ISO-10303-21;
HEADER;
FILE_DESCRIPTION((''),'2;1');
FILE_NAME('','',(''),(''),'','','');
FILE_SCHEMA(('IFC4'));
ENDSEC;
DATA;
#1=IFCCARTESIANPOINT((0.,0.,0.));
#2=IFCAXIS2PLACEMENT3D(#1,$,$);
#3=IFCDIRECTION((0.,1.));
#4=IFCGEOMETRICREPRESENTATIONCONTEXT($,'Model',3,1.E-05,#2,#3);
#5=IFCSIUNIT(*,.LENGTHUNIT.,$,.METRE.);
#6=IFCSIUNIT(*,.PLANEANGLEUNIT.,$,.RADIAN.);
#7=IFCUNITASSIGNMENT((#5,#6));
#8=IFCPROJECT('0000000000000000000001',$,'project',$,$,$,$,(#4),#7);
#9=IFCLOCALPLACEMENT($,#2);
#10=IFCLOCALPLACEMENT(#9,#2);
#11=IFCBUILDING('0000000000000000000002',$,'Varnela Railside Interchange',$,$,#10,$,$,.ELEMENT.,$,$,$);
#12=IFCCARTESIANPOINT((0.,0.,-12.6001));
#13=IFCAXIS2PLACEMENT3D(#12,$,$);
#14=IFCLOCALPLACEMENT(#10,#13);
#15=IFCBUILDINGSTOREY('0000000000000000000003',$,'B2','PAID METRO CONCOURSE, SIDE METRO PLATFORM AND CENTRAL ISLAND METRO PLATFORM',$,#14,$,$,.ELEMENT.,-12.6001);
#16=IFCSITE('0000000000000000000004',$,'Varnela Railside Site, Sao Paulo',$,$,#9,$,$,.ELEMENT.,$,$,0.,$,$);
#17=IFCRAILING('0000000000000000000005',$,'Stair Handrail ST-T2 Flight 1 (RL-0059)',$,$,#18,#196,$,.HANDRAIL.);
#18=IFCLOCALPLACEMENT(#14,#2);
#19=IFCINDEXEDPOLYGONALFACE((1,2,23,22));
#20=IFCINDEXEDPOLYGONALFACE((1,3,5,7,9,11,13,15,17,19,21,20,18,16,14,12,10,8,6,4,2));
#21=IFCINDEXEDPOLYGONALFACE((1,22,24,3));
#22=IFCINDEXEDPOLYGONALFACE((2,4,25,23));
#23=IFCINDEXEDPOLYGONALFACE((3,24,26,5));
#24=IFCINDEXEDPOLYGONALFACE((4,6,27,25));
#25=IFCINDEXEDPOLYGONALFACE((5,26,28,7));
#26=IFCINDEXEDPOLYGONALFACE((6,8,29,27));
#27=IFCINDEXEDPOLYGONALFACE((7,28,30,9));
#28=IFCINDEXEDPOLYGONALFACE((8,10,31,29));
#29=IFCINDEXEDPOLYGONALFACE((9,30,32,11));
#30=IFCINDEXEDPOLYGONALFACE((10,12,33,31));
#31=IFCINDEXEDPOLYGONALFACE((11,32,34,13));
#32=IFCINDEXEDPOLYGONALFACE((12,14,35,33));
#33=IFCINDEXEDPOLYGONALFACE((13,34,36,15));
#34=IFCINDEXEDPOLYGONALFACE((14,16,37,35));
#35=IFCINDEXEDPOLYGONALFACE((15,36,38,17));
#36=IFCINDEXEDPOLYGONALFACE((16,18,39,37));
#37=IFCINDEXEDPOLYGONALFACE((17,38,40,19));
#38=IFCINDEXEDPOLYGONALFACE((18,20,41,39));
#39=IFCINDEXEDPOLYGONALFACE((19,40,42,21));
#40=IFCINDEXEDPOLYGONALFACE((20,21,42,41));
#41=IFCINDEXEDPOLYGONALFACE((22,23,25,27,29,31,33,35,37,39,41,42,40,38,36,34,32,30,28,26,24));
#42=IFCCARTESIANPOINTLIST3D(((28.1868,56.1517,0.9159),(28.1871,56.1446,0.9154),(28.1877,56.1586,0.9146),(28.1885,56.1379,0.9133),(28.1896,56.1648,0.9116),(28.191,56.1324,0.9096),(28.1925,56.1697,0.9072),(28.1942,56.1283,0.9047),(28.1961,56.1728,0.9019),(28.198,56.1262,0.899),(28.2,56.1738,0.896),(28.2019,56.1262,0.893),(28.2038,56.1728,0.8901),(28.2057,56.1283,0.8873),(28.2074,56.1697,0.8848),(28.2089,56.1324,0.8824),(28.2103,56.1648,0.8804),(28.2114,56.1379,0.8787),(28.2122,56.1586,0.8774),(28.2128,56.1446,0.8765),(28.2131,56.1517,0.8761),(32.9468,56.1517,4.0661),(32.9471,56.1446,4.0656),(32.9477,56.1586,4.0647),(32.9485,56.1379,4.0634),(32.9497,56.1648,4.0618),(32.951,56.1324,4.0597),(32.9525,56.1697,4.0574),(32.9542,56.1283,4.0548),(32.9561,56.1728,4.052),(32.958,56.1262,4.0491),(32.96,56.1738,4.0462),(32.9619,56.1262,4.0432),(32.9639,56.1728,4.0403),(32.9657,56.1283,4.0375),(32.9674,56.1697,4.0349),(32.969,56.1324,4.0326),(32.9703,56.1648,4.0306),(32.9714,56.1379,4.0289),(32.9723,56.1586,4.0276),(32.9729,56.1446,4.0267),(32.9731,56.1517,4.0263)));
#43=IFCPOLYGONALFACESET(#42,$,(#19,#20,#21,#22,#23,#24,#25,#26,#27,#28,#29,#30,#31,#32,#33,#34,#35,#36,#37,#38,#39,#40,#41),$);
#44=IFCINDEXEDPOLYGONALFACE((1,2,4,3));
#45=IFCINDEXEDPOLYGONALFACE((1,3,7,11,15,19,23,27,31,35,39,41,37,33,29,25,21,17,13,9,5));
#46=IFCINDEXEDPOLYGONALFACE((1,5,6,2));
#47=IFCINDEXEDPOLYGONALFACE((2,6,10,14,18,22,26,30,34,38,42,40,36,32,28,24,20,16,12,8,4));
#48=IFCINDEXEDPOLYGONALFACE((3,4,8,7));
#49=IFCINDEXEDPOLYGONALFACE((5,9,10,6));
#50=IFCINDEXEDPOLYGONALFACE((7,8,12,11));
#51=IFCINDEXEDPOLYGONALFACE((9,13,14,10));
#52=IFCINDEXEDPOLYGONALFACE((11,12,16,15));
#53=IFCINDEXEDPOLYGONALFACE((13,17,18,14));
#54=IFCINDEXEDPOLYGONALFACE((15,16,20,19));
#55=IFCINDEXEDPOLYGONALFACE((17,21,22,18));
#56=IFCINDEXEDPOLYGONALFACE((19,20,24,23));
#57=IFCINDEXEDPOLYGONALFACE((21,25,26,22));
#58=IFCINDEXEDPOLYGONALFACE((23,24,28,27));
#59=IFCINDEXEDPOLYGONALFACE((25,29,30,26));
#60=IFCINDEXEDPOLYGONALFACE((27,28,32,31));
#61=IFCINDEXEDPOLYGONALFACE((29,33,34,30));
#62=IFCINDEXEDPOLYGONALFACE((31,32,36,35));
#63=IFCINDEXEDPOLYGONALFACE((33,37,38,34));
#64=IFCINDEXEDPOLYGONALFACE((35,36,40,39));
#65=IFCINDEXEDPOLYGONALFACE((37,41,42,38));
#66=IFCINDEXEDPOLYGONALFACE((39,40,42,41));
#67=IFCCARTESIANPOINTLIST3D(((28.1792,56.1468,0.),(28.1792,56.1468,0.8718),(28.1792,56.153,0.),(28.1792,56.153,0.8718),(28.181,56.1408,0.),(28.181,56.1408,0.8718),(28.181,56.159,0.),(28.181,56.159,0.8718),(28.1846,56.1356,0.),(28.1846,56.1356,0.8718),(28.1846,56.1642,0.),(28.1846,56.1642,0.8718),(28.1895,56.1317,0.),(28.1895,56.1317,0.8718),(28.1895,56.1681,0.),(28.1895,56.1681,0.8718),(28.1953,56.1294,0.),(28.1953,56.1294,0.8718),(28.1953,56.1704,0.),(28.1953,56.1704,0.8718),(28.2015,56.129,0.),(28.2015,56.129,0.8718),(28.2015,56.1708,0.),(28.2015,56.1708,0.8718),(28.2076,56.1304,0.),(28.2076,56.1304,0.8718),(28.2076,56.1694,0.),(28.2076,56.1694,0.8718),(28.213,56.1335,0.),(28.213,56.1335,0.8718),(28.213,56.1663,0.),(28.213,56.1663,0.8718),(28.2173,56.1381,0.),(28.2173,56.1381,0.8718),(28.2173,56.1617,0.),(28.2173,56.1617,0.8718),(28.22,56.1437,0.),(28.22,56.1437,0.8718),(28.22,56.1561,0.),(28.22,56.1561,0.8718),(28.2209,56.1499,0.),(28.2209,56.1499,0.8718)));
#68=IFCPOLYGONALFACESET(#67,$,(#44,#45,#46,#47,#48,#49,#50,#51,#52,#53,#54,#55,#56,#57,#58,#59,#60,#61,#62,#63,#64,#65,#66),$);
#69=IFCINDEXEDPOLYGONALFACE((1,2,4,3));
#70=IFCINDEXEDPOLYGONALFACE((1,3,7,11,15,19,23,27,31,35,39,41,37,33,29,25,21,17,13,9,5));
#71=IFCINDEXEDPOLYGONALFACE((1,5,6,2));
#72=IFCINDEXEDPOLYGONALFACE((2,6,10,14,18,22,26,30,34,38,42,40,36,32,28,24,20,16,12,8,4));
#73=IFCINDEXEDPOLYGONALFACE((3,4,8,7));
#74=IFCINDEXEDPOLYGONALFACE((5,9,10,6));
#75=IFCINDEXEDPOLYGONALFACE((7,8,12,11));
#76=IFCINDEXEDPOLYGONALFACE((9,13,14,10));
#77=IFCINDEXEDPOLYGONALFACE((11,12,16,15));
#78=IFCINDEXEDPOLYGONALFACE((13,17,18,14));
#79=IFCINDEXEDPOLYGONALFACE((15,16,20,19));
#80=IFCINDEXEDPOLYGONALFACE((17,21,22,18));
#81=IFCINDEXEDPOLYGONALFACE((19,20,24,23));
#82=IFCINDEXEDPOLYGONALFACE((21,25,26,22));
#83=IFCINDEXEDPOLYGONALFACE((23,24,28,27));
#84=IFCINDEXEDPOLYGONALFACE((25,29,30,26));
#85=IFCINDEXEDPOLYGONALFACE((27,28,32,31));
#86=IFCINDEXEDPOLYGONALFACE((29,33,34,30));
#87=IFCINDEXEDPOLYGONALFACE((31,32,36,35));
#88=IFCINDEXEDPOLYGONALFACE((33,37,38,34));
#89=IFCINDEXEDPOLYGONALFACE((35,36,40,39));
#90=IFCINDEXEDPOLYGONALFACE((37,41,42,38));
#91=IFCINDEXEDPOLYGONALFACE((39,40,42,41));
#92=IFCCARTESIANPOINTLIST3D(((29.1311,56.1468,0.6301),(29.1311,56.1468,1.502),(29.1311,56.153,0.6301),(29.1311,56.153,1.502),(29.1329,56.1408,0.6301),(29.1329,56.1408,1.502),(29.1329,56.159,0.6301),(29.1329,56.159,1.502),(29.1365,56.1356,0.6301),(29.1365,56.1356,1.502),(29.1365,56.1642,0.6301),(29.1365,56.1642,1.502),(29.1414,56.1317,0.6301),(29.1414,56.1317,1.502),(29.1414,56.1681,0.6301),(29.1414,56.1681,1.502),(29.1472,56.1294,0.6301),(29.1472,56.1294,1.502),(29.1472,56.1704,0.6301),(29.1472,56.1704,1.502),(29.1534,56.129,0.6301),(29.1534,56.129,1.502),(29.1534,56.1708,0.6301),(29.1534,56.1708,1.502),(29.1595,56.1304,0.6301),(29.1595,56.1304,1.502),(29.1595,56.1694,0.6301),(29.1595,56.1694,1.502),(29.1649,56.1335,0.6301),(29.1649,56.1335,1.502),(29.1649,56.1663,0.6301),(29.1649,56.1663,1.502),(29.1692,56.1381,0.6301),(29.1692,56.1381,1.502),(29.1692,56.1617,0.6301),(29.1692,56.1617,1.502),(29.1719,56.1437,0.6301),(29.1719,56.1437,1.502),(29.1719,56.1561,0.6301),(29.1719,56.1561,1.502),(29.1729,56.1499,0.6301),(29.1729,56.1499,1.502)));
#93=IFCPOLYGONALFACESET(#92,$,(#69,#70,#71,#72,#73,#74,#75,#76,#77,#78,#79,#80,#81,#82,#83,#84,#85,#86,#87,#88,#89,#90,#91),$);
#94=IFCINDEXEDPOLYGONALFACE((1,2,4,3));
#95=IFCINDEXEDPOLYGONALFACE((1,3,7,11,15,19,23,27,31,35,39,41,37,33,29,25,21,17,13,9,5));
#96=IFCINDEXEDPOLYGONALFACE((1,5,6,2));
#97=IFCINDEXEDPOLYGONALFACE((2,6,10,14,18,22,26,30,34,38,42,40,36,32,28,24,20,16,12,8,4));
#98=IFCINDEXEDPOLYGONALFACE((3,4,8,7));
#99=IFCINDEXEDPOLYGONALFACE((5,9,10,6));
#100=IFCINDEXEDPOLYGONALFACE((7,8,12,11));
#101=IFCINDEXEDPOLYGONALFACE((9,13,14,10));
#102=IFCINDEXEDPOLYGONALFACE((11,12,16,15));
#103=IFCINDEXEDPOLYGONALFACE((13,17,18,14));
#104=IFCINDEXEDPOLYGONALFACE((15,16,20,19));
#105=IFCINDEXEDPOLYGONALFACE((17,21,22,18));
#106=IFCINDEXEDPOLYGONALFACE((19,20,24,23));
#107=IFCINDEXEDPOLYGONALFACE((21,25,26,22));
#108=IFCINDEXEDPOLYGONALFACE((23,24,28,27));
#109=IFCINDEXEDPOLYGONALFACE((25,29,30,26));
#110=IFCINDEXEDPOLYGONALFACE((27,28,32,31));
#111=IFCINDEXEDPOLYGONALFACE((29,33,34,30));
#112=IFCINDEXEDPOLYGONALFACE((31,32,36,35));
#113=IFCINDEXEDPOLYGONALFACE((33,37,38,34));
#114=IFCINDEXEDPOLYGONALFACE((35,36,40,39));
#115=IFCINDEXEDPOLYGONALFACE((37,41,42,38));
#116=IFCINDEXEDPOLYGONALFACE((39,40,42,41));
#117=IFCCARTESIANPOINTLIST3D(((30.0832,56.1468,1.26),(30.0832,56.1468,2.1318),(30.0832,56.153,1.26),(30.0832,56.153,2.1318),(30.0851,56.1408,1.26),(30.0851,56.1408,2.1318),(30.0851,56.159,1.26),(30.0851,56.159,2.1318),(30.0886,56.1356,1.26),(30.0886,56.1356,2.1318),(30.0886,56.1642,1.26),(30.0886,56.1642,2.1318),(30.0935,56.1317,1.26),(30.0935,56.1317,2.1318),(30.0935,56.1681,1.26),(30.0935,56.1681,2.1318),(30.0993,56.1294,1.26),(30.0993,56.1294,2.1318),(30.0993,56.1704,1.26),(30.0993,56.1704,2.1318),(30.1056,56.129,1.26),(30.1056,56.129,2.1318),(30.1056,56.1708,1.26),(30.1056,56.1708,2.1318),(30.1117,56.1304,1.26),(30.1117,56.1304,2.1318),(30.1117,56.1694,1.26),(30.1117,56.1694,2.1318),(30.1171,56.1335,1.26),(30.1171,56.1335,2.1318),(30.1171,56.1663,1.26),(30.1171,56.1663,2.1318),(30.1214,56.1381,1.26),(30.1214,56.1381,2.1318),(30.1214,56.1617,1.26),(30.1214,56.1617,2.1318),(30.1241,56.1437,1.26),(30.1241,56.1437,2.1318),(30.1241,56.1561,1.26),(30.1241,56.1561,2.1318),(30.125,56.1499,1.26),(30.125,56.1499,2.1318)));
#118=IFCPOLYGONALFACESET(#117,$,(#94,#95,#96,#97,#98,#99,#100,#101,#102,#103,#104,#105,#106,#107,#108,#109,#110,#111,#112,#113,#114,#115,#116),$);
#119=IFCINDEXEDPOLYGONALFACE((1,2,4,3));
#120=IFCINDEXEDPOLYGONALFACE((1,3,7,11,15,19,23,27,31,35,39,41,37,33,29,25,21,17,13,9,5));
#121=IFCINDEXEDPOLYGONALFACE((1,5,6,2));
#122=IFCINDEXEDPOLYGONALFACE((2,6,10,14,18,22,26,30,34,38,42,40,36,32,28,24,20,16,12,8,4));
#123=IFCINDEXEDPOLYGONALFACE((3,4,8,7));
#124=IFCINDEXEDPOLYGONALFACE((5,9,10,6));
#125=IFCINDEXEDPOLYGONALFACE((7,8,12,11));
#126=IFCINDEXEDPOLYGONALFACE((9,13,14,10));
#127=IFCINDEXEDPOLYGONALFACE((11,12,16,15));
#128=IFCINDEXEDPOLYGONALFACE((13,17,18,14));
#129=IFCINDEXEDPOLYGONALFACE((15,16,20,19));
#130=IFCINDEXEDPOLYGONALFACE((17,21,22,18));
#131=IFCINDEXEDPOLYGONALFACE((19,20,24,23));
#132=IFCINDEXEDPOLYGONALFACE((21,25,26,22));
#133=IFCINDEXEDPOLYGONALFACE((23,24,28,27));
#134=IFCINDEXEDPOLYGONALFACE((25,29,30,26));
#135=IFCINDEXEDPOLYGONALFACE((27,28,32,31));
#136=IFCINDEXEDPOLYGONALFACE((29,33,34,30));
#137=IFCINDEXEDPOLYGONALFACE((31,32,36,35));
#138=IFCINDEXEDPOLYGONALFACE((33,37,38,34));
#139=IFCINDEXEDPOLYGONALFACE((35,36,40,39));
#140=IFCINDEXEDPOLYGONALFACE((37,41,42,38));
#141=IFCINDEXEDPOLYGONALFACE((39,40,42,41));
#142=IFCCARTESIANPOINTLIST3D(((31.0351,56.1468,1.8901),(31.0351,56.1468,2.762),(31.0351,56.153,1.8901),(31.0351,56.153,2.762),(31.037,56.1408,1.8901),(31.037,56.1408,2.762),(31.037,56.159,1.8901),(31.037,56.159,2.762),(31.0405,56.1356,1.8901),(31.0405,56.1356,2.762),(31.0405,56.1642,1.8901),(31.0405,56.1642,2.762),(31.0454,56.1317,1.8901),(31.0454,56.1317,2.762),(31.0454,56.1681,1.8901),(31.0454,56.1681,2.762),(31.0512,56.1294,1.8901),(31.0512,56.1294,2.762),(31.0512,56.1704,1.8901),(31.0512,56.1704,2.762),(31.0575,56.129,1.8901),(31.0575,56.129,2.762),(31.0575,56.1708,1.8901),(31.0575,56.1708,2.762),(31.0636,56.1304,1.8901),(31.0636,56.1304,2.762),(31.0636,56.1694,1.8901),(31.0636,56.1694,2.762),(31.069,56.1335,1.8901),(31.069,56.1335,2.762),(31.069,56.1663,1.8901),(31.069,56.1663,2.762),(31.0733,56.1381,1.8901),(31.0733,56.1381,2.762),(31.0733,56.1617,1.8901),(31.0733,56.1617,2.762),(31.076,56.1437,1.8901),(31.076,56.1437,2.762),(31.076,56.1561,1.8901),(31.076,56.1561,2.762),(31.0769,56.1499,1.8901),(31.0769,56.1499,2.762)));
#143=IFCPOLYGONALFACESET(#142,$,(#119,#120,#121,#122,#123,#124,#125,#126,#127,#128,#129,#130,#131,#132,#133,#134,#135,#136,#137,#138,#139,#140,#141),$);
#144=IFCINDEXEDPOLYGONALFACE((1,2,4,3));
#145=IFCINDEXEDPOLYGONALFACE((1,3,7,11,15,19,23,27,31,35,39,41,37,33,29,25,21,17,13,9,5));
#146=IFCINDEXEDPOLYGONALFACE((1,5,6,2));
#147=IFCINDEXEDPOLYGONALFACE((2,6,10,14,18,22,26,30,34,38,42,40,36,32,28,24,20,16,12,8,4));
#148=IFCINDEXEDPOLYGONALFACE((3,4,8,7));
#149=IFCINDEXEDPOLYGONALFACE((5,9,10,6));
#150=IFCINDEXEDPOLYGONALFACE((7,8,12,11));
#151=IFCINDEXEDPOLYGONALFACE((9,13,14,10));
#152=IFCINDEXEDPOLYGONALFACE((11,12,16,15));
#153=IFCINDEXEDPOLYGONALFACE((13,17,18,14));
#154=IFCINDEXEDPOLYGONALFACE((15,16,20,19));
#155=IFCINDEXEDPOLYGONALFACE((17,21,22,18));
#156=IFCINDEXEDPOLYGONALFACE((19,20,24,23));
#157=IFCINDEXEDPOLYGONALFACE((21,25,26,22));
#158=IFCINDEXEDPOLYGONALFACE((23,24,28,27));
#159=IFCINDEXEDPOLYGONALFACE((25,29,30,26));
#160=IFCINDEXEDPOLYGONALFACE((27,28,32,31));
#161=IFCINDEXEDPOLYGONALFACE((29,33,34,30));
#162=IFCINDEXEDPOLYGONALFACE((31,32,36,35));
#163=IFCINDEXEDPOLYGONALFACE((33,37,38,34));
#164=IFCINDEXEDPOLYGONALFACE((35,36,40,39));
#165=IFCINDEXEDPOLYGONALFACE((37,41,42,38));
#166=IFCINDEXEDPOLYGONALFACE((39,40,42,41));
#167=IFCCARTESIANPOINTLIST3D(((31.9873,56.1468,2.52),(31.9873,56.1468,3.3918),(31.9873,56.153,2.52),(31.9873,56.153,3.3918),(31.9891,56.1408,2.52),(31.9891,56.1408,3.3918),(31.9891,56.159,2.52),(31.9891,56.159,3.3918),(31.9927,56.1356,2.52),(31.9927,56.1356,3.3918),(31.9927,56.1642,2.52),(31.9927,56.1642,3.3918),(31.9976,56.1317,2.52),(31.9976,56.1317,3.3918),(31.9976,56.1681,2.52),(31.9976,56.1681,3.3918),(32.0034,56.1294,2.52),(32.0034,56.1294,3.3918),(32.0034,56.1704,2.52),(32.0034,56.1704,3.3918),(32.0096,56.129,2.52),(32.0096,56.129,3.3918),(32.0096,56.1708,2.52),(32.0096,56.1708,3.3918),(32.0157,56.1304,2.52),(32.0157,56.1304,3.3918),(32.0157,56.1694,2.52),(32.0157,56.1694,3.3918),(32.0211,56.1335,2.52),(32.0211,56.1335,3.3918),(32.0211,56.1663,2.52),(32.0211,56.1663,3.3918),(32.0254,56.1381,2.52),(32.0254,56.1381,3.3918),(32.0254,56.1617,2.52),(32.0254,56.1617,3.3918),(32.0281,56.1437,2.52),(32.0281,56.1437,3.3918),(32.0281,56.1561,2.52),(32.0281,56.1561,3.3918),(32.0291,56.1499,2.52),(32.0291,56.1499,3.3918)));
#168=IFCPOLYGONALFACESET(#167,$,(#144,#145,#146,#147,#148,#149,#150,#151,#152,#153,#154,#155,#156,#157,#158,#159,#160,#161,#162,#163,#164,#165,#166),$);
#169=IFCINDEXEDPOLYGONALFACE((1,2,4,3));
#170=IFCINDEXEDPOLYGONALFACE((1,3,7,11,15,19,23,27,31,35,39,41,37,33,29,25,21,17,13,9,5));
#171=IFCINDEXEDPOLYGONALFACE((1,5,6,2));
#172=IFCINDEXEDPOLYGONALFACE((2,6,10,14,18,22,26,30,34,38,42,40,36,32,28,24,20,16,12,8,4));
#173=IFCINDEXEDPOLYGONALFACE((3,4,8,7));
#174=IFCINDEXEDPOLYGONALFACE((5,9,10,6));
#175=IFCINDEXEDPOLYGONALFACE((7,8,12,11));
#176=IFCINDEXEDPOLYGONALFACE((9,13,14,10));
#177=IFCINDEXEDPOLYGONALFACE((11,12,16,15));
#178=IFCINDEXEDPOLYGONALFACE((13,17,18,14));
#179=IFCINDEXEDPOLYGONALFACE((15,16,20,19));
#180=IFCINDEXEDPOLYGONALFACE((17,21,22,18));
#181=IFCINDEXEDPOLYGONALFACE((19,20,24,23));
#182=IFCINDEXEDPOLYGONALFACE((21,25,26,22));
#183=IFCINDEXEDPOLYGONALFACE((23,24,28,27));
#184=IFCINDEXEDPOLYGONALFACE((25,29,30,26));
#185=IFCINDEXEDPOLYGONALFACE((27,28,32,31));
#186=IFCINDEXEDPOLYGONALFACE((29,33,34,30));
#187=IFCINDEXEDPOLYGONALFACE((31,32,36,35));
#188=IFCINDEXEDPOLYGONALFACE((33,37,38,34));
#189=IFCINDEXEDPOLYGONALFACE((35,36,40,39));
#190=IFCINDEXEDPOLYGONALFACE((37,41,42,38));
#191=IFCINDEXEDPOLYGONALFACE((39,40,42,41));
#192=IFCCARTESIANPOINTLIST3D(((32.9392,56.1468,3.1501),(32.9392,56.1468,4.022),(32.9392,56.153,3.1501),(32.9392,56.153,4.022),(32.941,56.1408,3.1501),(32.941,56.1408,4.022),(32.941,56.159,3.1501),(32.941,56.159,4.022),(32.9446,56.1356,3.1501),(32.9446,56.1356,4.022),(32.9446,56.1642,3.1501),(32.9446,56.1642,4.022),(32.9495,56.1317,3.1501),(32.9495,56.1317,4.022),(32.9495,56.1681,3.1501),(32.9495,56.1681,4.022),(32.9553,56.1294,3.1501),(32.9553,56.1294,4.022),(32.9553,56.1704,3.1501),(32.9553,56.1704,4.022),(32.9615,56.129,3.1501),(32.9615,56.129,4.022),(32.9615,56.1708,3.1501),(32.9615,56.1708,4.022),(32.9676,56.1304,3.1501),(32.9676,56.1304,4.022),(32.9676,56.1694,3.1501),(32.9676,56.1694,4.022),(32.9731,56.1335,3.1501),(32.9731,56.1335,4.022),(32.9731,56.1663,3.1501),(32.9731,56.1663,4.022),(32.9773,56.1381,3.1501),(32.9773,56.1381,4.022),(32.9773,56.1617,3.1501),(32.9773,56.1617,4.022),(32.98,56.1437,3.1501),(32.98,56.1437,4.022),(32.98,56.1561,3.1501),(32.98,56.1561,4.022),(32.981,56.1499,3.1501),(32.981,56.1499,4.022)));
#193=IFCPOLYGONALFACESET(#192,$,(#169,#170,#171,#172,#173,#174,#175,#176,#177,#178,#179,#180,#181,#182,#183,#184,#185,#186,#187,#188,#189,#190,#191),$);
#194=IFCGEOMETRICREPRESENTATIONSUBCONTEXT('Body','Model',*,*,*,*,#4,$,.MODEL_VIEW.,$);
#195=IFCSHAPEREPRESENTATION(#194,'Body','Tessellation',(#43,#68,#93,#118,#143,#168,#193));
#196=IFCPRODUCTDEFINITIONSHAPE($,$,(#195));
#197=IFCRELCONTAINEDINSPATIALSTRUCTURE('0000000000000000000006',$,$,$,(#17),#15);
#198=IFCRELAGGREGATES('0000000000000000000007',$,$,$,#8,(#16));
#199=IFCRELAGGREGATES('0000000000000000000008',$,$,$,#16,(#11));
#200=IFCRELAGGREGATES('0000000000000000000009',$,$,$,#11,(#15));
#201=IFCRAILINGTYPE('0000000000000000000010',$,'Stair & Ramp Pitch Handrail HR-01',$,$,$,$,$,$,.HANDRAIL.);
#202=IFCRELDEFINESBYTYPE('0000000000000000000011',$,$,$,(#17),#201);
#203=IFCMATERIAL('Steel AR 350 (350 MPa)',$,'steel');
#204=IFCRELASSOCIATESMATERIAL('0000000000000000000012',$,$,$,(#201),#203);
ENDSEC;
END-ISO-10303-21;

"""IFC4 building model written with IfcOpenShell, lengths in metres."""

from ifc_helpers import new_model, si_unit, direction, frame, origin, origin_2d, place, context, subcontext, project, spatial, circle, extrude, material, type_object, element, save


model = new_model("IFC4")

# Units and contexts
model_context = context("Model", 3, precision=1e-05, world=origin(), true_north=direction((0.0, 1.0)))
body_context = subcontext(model_context, "Body", "Model", "MODEL_VIEW")
ifc_project = project(units=[si_unit("LENGTHUNIT", "METRE"), si_unit("PLANEANGLEUNIT", "RADIAN")], contexts=[model_context])

# Site, building, storey
site_placement = place(None, origin())
site = spatial("IfcSite", under=ifc_project, at=site_placement, Name="Varnela Railside Site, Sao Paulo", CompositionType="ELEMENT", RefElevation=0.0)
building_placement = place(site_placement, origin())
building = spatial("IfcBuilding", under=site, at=building_placement, Name="Varnela Railside Interchange", CompositionType="ELEMENT")
storey_placement = place(building_placement, frame((0.0, 0.0, -12.6001)))
storey = spatial("IfcBuildingStorey", under=building, at=storey_placement, Name="B2", Description="PAID METRO CONCOURSE, SIDE METRO PLATFORM AND CENTRAL ISLAND METRO PLATFORM", CompositionType="ELEMENT", Elevation=-12.6001)

# Shared definitions
ifc_material_1 = material(Name="Steel AR 350 (350 MPa)", Category="steel")

# Railing
railing_type_1 = type_object("IfcRailingType", Name="Stair & Ramp Pitch Handrail HR-01", PredefinedType="HANDRAIL", material=ifc_material_1)
for number, where, name in (
    (1, (28.2, 56.1499, 0.0), "Stair Handrail ST-T2 Flight 1 (RL-0059)"),
):
    element("IfcRailing", number, at=place(storey_placement, frame(where)), inside=storey, type_object=railing_type_1, Name=name, PredefinedType="HANDRAIL", context=body_context, shape_type="SweptSolid", body=[
        extrude(circle(Radius=0.0239, at=origin_2d()), frame((0.0, 0.0, 0.896), z_axis=(0.833921, 0.0, 0.551884), x_axis=(0.0, 1.0, 0.0)), (0.0, 0.0, 1.0), 5.708),
        extrude(circle(Radius=0.021, at=origin_2d()), origin(), (0.0, 0.0, 1.0), 0.8718),
        extrude(circle(Radius=0.021, at=origin_2d()), frame((0.9519, 0.0, 0.6301)), (0.0, 0.0, 1.0), 0.8718),
        extrude(circle(Radius=0.021, at=origin_2d()), frame((1.9041, 0.0, 1.26)), (0.0, 0.0, 1.0), 0.8718),
        extrude(circle(Radius=0.021, at=origin_2d()), frame((2.856, 0.0, 1.8901)), (0.0, 0.0, 1.0), 0.8718),
        extrude(circle(Radius=0.021, at=origin_2d()), frame((3.8081, 0.0, 2.52)), (0.0, 0.0, 1.0), 0.8718),
        extrude(circle(Radius=0.021, at=origin_2d()), frame((4.76, 0.0, 3.1501)), (0.0, 0.0, 1.0), 0.8718),
    ])

save(model, "model.ifc")
